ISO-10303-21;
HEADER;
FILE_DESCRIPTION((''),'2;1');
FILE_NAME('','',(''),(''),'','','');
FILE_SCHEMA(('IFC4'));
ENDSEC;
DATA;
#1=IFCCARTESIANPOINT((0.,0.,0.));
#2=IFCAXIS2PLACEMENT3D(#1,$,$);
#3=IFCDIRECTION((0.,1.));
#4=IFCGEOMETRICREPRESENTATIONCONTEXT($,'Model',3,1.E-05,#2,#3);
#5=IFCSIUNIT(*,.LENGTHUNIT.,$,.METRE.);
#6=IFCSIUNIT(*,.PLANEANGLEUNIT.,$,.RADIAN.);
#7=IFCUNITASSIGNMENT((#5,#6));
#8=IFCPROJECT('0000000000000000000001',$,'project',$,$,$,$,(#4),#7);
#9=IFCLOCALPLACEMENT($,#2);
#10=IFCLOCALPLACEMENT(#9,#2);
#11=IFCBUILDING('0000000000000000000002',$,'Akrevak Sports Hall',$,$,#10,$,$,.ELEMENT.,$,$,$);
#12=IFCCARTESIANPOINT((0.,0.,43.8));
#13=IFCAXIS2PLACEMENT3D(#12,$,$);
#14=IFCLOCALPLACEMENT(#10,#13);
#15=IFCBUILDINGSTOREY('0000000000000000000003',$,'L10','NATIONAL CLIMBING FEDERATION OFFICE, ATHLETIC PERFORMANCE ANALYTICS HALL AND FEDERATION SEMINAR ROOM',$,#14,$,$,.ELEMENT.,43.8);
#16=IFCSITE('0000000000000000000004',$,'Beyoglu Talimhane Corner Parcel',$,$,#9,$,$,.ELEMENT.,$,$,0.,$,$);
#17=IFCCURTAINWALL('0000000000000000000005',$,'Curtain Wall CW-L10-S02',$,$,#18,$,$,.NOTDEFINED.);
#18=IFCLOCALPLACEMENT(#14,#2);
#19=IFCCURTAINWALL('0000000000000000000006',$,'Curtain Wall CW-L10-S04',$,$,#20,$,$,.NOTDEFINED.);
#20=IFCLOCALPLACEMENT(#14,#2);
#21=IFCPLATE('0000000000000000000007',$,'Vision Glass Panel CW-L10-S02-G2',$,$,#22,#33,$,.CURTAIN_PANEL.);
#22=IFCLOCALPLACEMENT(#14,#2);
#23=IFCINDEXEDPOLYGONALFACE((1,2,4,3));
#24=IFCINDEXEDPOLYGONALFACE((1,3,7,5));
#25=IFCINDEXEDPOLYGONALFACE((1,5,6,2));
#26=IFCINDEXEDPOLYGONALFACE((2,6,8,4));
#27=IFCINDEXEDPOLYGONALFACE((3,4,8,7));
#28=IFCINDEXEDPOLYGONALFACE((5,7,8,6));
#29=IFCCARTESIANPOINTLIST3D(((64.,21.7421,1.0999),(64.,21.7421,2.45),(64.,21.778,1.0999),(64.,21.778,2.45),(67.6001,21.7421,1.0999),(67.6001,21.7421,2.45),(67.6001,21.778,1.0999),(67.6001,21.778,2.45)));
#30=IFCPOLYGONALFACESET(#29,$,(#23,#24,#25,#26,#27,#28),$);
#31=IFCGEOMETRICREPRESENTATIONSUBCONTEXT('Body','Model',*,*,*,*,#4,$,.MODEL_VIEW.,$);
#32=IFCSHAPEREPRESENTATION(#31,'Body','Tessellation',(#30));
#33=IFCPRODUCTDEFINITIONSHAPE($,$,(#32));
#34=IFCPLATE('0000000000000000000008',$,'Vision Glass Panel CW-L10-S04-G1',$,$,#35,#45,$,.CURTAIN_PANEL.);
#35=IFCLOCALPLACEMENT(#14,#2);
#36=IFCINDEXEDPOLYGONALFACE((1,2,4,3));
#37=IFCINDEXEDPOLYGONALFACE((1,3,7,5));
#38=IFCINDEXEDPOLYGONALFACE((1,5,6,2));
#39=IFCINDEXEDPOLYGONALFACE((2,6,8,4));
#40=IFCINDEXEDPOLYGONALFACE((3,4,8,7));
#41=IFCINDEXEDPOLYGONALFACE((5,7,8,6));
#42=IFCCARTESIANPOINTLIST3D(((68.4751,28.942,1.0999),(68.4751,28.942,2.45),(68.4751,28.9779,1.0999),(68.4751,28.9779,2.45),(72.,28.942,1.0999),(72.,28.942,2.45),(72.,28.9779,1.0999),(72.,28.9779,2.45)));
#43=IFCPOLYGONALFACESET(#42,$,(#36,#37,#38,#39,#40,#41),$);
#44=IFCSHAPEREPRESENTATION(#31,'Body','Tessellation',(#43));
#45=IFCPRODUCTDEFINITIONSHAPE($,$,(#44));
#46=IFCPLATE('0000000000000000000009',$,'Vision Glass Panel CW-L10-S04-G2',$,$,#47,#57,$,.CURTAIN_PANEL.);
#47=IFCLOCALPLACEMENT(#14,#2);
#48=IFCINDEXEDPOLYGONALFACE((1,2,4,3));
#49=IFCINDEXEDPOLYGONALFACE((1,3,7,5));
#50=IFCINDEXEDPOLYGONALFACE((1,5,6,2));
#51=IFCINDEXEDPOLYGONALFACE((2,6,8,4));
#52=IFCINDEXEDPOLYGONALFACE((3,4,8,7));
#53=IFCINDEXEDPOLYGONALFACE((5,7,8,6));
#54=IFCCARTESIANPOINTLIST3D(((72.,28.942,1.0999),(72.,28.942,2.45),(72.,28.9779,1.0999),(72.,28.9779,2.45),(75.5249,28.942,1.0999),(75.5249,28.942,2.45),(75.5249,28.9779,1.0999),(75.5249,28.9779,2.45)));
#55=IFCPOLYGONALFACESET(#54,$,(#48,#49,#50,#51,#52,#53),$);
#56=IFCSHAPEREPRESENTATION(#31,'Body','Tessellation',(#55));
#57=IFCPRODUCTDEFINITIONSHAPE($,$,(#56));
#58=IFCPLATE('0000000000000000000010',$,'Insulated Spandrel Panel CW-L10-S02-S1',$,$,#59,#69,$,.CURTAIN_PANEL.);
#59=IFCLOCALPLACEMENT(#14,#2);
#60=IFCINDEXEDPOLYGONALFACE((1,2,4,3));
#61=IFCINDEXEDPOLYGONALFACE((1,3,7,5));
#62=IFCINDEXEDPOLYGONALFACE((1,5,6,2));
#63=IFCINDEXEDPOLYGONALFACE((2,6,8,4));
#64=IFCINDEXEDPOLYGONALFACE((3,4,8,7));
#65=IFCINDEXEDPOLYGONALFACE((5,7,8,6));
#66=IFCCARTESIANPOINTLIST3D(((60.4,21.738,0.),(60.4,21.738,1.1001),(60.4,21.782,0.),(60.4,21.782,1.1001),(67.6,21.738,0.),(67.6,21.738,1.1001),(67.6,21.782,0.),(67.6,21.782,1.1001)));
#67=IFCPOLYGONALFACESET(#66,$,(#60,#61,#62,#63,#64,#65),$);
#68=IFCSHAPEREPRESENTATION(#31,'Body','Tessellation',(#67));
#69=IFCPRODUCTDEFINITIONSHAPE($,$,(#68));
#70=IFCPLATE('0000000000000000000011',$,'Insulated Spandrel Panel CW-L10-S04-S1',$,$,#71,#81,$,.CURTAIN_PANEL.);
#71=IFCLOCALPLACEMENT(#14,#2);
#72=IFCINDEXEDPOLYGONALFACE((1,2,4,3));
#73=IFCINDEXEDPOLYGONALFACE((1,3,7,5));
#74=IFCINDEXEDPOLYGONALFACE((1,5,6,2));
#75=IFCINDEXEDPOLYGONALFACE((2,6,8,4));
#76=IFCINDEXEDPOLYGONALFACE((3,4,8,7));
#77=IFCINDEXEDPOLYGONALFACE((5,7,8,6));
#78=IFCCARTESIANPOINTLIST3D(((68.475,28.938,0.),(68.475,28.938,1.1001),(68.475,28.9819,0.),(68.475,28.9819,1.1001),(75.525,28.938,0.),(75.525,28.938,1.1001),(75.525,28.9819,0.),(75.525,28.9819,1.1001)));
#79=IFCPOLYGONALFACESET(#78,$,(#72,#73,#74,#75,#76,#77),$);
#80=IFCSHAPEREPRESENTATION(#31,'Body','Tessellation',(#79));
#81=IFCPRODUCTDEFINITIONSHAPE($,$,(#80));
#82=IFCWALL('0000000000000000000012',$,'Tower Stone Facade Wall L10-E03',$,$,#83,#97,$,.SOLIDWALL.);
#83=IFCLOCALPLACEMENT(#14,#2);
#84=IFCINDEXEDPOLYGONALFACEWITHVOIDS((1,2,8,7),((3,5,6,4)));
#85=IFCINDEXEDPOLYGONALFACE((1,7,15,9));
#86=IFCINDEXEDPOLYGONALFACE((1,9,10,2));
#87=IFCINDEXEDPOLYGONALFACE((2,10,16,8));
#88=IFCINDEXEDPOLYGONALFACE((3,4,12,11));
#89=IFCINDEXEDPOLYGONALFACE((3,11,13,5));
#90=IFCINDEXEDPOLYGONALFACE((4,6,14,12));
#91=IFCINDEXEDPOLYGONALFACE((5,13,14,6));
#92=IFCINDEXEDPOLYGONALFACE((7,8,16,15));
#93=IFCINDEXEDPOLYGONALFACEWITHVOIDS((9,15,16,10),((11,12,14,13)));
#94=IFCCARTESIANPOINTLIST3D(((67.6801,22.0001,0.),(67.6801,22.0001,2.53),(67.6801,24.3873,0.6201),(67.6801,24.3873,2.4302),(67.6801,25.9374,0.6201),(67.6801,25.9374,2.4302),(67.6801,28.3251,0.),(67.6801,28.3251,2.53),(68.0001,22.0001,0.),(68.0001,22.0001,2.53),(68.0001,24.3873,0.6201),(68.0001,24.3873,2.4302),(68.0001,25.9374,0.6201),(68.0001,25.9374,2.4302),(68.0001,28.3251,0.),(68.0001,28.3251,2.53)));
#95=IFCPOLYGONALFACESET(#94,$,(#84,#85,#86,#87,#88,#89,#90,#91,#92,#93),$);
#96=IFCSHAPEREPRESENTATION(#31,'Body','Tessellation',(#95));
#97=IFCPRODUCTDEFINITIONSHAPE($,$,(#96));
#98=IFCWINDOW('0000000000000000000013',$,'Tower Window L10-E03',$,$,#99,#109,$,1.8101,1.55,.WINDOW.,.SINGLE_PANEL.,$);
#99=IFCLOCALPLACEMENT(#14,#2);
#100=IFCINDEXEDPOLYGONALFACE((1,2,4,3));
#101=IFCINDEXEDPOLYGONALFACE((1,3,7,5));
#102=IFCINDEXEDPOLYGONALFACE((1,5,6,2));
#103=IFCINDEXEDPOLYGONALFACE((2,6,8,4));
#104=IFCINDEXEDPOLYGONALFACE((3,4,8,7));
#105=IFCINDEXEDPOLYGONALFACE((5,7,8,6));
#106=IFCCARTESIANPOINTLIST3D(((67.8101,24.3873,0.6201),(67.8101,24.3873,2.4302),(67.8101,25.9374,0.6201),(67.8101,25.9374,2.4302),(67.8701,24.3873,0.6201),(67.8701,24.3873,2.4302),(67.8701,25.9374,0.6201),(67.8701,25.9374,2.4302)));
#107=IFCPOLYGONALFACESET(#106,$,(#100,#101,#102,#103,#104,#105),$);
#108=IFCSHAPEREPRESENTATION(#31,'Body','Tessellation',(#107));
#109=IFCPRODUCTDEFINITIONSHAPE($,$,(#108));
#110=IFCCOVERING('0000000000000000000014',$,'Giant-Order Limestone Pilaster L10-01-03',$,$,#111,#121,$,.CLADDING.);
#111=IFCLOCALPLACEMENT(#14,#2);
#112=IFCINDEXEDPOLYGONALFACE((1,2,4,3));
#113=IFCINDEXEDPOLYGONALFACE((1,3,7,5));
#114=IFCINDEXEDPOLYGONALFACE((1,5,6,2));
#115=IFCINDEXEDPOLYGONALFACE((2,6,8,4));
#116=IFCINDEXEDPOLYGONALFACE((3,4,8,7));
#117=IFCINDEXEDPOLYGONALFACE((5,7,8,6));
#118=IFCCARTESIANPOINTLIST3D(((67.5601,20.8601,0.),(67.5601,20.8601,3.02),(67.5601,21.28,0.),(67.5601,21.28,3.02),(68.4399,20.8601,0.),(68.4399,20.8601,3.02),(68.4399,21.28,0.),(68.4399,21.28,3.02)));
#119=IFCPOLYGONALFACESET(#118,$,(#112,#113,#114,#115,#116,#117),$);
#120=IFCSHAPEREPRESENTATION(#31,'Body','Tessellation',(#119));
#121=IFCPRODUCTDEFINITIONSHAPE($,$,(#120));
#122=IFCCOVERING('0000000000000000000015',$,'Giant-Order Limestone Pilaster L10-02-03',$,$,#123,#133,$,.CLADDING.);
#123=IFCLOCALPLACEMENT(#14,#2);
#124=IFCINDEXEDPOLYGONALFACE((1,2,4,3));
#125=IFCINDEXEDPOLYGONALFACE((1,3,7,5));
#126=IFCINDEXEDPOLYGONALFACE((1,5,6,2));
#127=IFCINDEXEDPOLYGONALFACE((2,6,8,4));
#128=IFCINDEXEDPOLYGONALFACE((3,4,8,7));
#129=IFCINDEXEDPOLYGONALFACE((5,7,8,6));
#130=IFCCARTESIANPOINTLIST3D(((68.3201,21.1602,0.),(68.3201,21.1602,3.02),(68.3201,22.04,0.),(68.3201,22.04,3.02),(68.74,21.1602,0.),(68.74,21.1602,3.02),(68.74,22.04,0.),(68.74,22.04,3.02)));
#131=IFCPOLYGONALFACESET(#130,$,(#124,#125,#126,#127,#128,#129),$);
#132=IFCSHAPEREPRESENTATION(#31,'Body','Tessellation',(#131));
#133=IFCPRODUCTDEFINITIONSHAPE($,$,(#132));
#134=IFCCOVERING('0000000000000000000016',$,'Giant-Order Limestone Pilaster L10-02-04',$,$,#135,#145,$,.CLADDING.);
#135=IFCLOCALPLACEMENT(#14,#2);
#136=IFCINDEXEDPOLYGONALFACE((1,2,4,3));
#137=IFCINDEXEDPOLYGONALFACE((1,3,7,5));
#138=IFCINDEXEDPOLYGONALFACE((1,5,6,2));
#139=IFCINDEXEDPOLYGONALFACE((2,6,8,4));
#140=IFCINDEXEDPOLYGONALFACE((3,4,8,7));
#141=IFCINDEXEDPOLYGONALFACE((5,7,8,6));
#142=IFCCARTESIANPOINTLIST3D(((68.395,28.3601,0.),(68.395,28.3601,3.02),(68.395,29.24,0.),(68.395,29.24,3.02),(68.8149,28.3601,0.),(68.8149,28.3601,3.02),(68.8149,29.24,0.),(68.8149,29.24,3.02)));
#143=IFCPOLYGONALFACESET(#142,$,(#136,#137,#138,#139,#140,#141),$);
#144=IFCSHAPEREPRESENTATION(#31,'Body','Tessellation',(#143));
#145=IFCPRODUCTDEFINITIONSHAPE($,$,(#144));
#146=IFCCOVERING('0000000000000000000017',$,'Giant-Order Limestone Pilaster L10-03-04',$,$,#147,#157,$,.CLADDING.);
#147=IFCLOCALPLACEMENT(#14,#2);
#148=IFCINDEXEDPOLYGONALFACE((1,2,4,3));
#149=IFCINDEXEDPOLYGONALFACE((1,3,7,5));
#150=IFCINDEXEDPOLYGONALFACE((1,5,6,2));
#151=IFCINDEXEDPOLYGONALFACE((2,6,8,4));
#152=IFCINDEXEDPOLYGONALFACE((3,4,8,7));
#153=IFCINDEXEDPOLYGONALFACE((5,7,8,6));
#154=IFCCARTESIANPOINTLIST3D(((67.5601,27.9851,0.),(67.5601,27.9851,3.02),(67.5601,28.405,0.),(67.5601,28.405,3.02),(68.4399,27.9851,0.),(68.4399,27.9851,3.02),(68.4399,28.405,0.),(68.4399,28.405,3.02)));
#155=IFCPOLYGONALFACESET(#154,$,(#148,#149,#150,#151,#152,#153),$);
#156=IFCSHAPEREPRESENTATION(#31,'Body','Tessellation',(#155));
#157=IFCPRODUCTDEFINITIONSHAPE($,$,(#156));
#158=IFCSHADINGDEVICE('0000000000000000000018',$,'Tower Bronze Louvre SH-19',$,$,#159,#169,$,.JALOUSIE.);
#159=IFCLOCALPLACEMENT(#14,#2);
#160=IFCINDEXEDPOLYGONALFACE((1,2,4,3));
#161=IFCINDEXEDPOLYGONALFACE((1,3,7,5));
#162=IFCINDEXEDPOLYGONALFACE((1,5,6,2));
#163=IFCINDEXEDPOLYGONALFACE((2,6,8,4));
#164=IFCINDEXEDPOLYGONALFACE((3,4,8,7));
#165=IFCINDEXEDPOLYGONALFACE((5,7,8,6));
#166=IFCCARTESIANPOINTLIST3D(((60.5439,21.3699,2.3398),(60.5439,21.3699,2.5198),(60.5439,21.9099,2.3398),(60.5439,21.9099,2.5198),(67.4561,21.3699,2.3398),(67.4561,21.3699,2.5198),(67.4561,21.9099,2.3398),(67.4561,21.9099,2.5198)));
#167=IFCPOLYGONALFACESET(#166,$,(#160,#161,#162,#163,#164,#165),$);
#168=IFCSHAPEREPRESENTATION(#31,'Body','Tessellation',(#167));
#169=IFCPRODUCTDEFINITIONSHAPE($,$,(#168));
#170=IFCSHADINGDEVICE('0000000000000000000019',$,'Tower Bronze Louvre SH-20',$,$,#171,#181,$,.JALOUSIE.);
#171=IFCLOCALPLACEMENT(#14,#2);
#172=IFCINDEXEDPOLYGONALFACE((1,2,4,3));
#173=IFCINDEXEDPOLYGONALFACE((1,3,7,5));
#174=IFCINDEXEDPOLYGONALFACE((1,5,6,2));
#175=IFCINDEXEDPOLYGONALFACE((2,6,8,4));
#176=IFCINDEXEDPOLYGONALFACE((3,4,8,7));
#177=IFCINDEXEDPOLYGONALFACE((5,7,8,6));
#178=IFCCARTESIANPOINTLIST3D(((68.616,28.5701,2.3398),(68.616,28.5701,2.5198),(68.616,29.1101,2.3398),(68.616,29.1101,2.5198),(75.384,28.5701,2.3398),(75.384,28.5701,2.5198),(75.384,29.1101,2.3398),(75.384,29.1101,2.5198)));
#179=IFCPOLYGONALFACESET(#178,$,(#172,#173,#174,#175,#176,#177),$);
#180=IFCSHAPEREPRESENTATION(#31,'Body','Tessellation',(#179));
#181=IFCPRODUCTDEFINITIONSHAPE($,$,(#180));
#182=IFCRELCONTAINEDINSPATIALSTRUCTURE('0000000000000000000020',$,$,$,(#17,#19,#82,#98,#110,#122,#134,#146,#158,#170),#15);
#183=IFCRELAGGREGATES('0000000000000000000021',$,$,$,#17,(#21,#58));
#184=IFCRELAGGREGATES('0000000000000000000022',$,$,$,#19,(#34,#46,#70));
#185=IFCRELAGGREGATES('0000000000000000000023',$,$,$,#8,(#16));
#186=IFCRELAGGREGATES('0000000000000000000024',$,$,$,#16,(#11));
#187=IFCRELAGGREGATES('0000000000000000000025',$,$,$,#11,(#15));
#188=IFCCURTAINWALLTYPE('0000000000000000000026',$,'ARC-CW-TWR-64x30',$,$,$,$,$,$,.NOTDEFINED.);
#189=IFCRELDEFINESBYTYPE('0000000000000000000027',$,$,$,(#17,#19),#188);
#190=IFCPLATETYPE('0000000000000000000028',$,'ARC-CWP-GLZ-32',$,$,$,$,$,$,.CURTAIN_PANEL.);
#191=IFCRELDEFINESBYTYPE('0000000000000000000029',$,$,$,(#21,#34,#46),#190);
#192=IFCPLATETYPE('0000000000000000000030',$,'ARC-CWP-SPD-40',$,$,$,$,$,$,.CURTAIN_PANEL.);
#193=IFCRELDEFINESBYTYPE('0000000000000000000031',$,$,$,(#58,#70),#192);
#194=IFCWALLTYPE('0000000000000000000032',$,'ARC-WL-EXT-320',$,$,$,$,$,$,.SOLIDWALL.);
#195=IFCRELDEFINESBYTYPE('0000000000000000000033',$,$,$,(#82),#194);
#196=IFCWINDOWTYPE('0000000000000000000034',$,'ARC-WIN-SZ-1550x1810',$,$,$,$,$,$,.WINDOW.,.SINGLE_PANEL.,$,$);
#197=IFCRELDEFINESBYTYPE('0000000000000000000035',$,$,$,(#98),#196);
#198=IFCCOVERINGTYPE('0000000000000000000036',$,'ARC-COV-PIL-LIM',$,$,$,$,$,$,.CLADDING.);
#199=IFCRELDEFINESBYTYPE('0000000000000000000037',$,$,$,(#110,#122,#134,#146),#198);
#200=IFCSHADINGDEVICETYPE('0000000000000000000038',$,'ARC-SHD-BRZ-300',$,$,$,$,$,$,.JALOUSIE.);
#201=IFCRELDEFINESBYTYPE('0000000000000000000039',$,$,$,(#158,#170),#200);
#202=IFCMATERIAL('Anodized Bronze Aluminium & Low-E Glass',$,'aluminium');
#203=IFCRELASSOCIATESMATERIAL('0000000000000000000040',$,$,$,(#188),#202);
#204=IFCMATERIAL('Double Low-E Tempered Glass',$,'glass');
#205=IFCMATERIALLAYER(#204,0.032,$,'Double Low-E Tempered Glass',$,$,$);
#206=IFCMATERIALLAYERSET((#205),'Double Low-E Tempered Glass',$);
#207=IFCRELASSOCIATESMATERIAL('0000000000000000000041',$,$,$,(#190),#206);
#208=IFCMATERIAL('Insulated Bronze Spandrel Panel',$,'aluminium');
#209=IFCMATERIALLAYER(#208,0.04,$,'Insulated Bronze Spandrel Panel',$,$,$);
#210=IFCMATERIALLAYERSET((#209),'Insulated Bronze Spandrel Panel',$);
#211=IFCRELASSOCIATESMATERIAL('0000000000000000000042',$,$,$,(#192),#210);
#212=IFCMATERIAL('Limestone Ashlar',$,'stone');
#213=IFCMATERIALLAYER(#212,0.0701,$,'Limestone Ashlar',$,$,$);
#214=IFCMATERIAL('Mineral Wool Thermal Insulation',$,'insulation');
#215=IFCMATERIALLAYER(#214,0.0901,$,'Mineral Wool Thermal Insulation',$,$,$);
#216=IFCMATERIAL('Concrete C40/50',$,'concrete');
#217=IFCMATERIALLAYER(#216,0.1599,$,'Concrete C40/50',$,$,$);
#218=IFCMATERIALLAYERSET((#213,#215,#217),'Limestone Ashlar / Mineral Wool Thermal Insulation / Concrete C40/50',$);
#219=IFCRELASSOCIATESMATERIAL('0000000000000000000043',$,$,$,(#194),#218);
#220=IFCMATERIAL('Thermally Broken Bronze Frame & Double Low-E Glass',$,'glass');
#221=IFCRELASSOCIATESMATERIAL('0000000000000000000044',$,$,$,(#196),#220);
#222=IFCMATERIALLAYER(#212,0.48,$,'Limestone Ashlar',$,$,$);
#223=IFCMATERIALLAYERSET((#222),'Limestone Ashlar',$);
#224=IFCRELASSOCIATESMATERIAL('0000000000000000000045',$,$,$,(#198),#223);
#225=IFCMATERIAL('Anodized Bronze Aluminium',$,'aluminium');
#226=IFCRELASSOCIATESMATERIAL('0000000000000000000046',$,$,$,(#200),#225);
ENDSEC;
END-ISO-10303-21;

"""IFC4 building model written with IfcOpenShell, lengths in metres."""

from ifc_helpers import new_model, si_unit, direction, frame, frame_2d, origin, origin_2d, place, context, subcontext, project, spatial, rectangle, extrude, material, layer, layer_set, type_object, element, fill, aggregate, save


model = new_model("IFC4")

# Units and contexts
model_context = context("Model", 3, precision=1e-05, world=origin(), true_north=direction((0.0, 1.0)))
body_context = subcontext(model_context, "Body", "Model", "MODEL_VIEW")
ifc_project = project(units=[si_unit("LENGTHUNIT", "METRE"), si_unit("PLANEANGLEUNIT", "RADIAN")], contexts=[model_context])

# Site, building, storey
site_placement = place(None, origin())
site = spatial("IfcSite", under=ifc_project, at=site_placement, Name="Beyoglu Talimhane Corner Parcel", CompositionType="ELEMENT", RefElevation=0.0)
building_placement = place(site_placement, origin())
building = spatial("IfcBuilding", under=site, at=building_placement, Name="Akrevak Sports Hall", CompositionType="ELEMENT")
storey_placement = place(building_placement, frame((0.0, 0.0, 43.8)))
storey = spatial("IfcBuildingStorey", under=building, at=storey_placement, Name="L10", Description="NATIONAL CLIMBING FEDERATION OFFICE, ATHLETIC PERFORMANCE ANALYTICS HALL AND FEDERATION SEMINAR ROOM", CompositionType="ELEMENT", Elevation=43.8)

# Shared definitions
ifc_material_1 = material(Name="Concrete C40/50", Category="concrete")

# Curtain walls
ifc_material_2 = material(Name="Anodized Bronze Aluminium & Low-E Glass", Category="aluminium")
curtain_wall_type = type_object("IfcCurtainWallType", Name="ARC-CW-TWR-64x30", PredefinedType="NOTDEFINED", material=ifc_material_2)
curtain_wall_1_placement = place(storey_placement, origin())
curtain_wall_1 = element("IfcCurtainWall", 1, at=curtain_wall_1_placement, inside=storey, type_object=curtain_wall_type, Name="Curtain Wall CW-L10-S02", PredefinedType="NOTDEFINED")
ifc_material_3 = material(Name="Anodized Bronze Aluminium", Category="aluminium")
curtain_wall_2_placement = place(storey_placement, origin())
curtain_wall_2 = element("IfcCurtainWall", 2, at=curtain_wall_2_placement, inside=storey, type_object=curtain_wall_type, Name="Curtain Wall CW-L10-S04", PredefinedType="NOTDEFINED")

# Plates
ifc_material_4 = material(Name="Double Low-E Tempered Glass", Category="glass")
ifc_layer_1 = layer(ifc_material_4, 0.032, Name="Double Low-E Tempered Glass")
ifc_layer_set_1 = layer_set([ifc_layer_1], Name="Double Low-E Tempered Glass")
plate_type_1 = type_object("IfcPlateType", Name="ARC-CWP-GLZ-32", PredefinedType="CURTAIN_PANEL", material=ifc_layer_set_1)
plate_1_placement = place(storey_placement, frame((65.8, 21.76, 1.0999), z_axis=(0.0, 0.0, 1.0), x_axis=(1.0, 0.0, 0.0)))
plate_1 = element("IfcPlate", 3, at=plate_1_placement, type_object=plate_type_1, Name="Vision Glass Panel CW-L10-S02-G2", PredefinedType="CURTAIN_PANEL", context=body_context, shape_type="SweptSolid", body=[
    extrude(rectangle(XDim=3.6001, YDim=0.0359, at=origin_2d()), origin(), (0.0, 0.0, 1.0), 1.3501),
])
plate_2_placement = place(storey_placement, frame((70.2375, 28.96, 1.0999), z_axis=(0.0, 0.0, 1.0), x_axis=(1.0, 0.0, 0.0)))
plate_2 = element("IfcPlate", 4, at=plate_2_placement, type_object=plate_type_1, Name="Vision Glass Panel CW-L10-S04-G1", PredefinedType="CURTAIN_PANEL", context=body_context, shape_type="SweptSolid", body=[
    extrude(rectangle(XDim=3.5249, YDim=0.0359, at=origin_2d()), origin(), (0.0, 0.0, 1.0), 1.3501),
])
plate_3_placement = place(storey_placement, frame((73.7625, 28.96, 1.0999), z_axis=(0.0, 0.0, 1.0), x_axis=(1.0, 0.0, 0.0)))
plate_3 = element("IfcPlate", 5, at=plate_3_placement, type_object=plate_type_1, Name="Vision Glass Panel CW-L10-S04-G2", PredefinedType="CURTAIN_PANEL", context=body_context, shape_type="SweptSolid", body=[
    extrude(rectangle(XDim=3.5249, YDim=0.0359, at=origin_2d()), origin(), (0.0, 0.0, 1.0), 1.3501),
])
ifc_material_5 = material(Name="Insulated Bronze Spandrel Panel", Category="aluminium")
ifc_layer_2 = layer(ifc_material_5, 0.04, Name="Insulated Bronze Spandrel Panel")
ifc_layer_set_2 = layer_set([ifc_layer_2], Name="Insulated Bronze Spandrel Panel")
plate_type_2 = type_object("IfcPlateType", Name="ARC-CWP-SPD-40", PredefinedType="CURTAIN_PANEL", material=ifc_layer_set_2)
plate_4_placement = place(storey_placement, frame((64.0, 21.76, 0.0), z_axis=(0.0, 0.0, 1.0), x_axis=(1.0, 0.0, 0.0)))
plate_4 = element("IfcPlate", 6, at=plate_4_placement, type_object=plate_type_2, Name="Insulated Spandrel Panel CW-L10-S02-S1", PredefinedType="CURTAIN_PANEL", context=body_context, shape_type="SweptSolid", body=[
    extrude(rectangle(XDim=7.2, YDim=0.0439, at=origin_2d()), origin(), (0.0, 0.0, 1.0), 1.1001),
])
aggregate(curtain_wall_1, [plate_1, plate_4])
plate_5_placement = place(storey_placement, frame((72.0, 28.96, 0.0), z_axis=(0.0, 0.0, 1.0), x_axis=(1.0, 0.0, 0.0)))
plate_5 = element("IfcPlate", 7, at=plate_5_placement, type_object=plate_type_2, Name="Insulated Spandrel Panel CW-L10-S04-S1", PredefinedType="CURTAIN_PANEL", context=body_context, shape_type="SweptSolid", body=[
    extrude(rectangle(XDim=7.05, YDim=0.0439, at=origin_2d()), origin(), (0.0, 0.0, 1.0), 1.1001),
])
aggregate(curtain_wall_2, [plate_2, plate_3, plate_5])

# Wall, opening, window
ifc_material_6 = material(Name="Limestone Ashlar", Category="stone")
ifc_layer_3 = layer(ifc_material_6, 0.0701, Name="Limestone Ashlar")
ifc_material_7 = material(Name="Mineral Wool Thermal Insulation", Category="insulation")
ifc_layer_4 = layer(ifc_material_7, 0.0901, Name="Mineral Wool Thermal Insulation")
ifc_layer_5 = layer(ifc_material_1, 0.1599, Name="Concrete C40/50")
ifc_layer_set_3 = layer_set([ifc_layer_3, ifc_layer_4, ifc_layer_5], Name="Limestone Ashlar / Mineral Wool Thermal Insulation / Concrete C40/50")
wall_type = type_object("IfcWallType", Name="ARC-WL-EXT-320", PredefinedType="SOLIDWALL", material=ifc_layer_set_3)
wall_placement = place(storey_placement, frame((67.8401, 22.0, 0.0), z_axis=(0.0, 0.0, 1.0), x_axis=(0.0, 1.0, 0.0)))
wall = element("IfcWall", 8, at=wall_placement, inside=storey, type_object=wall_type, Name="Tower Stone Facade Wall L10-E03", PredefinedType="SOLIDWALL", context=body_context, shape_type="SweptSolid", body=[
    extrude(rectangle(XDim=6.325, YDim=0.3201, at=frame_2d((3.1626, 0.0))), origin(), (0.0, 0.0, 1.0), 2.53),
])
opening_placement = place(wall_placement, frame((2.3875, 0.0, 0.6201)))
opening = element("IfcOpeningElement", 9, at=opening_placement, cuts=wall, PredefinedType="OPENING", context=body_context, shape_type="SweptSolid", body=[
    extrude(rectangle(XDim=1.55, YDim=1.8101, at=frame_2d((0.7749, 0.905))), frame((0.0, 0.1719, 0.0), z_axis=(0.0, -1.0, 0.0), x_axis=(1.0, 0.0, 0.0)), (0.0, 0.0, 1.0), 0.344),
])
ifc_material_8 = material(Name="Thermally Broken Bronze Frame & Double Low-E Glass", Category="glass")
window_type = type_object("IfcWindowType", Name="ARC-WIN-SZ-1550x1810", PartitioningType="SINGLE_PANEL", PredefinedType="WINDOW", material=ifc_material_8)
window_placement = place(opening_placement, origin())
window = element("IfcWindow", 10, at=window_placement, inside=storey, type_object=window_type, Name="Tower Window L10-E03", OverallHeight=1.8101, OverallWidth=1.55, PartitioningType="SINGLE_PANEL", PredefinedType="WINDOW", context=body_context, shape_type="SweptSolid", body=[
    extrude(rectangle(XDim=1.55, YDim=1.8101, at=frame_2d((0.7749, 0.905))), frame((0.0, 0.03, 0.0), z_axis=(0.0, -1.0, 0.0), x_axis=(1.0, 0.0, 0.0)), (0.0, 0.0, 1.0), 0.0601),
])
fill(opening, window)

# Coverings
ifc_layer_6 = layer(ifc_material_6, 0.48, Name="Limestone Ashlar")
ifc_layer_set_4 = layer_set([ifc_layer_6], Name="Limestone Ashlar")
covering_type = type_object("IfcCoveringType", Name="ARC-COV-PIL-LIM", PredefinedType="CLADDING", material=ifc_layer_set_4)
for number, where, z_axis, x_axis, name in (
    (11, (68.0, 21.0701, 0.0), (0.0, 0.0, 1.0), (1.0, 0.0, 0.0), "Giant-Order Limestone Pilaster L10-01-03"),
    (12, (68.53, 21.6001, 0.0), (0.0, 0.0, 1.0), (0.0, 1.0, 0.0), "Giant-Order Limestone Pilaster L10-02-03"),
    (13, (68.605, 28.8, 0.0), (0.0, 0.0, 1.0), (0.0, 1.0, 0.0), "Giant-Order Limestone Pilaster L10-02-04"),
    (14, (68.0, 28.1951, 0.0), (0.0, 0.0, 1.0), (1.0, 0.0, 0.0), "Giant-Order Limestone Pilaster L10-03-04"),
):
    element("IfcCovering", number, at=place(storey_placement, frame(where, z_axis=z_axis, x_axis=x_axis)), inside=storey, type_object=covering_type, Name=name, PredefinedType="CLADDING", context=body_context, shape_type="SweptSolid", body=[
        extrude(rectangle(XDim=0.8799, YDim=0.4199, at=origin_2d()), origin(), (0.0, 0.0, 1.0), 3.02),
    ])

# Shading devices
shading_device_type = type_object("IfcShadingDeviceType", Name="ARC-SHD-BRZ-300", PredefinedType="JALOUSIE", material=ifc_material_3)
shading_device_1_placement = place(storey_placement, frame((64.0, 21.6399, 2.3398), z_axis=(0.0, 0.0, 1.0), x_axis=(1.0, 0.0, 0.0)))
element("IfcShadingDevice", 15, at=shading_device_1_placement, inside=storey, type_object=shading_device_type, Name="Tower Bronze Louvre SH-19", PredefinedType="JALOUSIE", context=body_context, shape_type="SweptSolid", body=[
    extrude(rectangle(XDim=6.9121, YDim=0.54, at=origin_2d()), origin(), (0.0, 0.0, 1.0), 0.1799),
])
shading_device_2_placement = place(storey_placement, frame((72.0, 28.8401, 2.3398), z_axis=(0.0, 0.0, 1.0), x_axis=(1.0, 0.0, 0.0)))
element("IfcShadingDevice", 16, at=shading_device_2_placement, inside=storey, type_object=shading_device_type, Name="Tower Bronze Louvre SH-20", PredefinedType="JALOUSIE", context=body_context, shape_type="SweptSolid", body=[
    extrude(rectangle(XDim=6.7681, YDim=0.54, at=origin_2d()), origin(), (0.0, 0.0, 1.0), 0.1799),
])

save(model, "model.ifc")
